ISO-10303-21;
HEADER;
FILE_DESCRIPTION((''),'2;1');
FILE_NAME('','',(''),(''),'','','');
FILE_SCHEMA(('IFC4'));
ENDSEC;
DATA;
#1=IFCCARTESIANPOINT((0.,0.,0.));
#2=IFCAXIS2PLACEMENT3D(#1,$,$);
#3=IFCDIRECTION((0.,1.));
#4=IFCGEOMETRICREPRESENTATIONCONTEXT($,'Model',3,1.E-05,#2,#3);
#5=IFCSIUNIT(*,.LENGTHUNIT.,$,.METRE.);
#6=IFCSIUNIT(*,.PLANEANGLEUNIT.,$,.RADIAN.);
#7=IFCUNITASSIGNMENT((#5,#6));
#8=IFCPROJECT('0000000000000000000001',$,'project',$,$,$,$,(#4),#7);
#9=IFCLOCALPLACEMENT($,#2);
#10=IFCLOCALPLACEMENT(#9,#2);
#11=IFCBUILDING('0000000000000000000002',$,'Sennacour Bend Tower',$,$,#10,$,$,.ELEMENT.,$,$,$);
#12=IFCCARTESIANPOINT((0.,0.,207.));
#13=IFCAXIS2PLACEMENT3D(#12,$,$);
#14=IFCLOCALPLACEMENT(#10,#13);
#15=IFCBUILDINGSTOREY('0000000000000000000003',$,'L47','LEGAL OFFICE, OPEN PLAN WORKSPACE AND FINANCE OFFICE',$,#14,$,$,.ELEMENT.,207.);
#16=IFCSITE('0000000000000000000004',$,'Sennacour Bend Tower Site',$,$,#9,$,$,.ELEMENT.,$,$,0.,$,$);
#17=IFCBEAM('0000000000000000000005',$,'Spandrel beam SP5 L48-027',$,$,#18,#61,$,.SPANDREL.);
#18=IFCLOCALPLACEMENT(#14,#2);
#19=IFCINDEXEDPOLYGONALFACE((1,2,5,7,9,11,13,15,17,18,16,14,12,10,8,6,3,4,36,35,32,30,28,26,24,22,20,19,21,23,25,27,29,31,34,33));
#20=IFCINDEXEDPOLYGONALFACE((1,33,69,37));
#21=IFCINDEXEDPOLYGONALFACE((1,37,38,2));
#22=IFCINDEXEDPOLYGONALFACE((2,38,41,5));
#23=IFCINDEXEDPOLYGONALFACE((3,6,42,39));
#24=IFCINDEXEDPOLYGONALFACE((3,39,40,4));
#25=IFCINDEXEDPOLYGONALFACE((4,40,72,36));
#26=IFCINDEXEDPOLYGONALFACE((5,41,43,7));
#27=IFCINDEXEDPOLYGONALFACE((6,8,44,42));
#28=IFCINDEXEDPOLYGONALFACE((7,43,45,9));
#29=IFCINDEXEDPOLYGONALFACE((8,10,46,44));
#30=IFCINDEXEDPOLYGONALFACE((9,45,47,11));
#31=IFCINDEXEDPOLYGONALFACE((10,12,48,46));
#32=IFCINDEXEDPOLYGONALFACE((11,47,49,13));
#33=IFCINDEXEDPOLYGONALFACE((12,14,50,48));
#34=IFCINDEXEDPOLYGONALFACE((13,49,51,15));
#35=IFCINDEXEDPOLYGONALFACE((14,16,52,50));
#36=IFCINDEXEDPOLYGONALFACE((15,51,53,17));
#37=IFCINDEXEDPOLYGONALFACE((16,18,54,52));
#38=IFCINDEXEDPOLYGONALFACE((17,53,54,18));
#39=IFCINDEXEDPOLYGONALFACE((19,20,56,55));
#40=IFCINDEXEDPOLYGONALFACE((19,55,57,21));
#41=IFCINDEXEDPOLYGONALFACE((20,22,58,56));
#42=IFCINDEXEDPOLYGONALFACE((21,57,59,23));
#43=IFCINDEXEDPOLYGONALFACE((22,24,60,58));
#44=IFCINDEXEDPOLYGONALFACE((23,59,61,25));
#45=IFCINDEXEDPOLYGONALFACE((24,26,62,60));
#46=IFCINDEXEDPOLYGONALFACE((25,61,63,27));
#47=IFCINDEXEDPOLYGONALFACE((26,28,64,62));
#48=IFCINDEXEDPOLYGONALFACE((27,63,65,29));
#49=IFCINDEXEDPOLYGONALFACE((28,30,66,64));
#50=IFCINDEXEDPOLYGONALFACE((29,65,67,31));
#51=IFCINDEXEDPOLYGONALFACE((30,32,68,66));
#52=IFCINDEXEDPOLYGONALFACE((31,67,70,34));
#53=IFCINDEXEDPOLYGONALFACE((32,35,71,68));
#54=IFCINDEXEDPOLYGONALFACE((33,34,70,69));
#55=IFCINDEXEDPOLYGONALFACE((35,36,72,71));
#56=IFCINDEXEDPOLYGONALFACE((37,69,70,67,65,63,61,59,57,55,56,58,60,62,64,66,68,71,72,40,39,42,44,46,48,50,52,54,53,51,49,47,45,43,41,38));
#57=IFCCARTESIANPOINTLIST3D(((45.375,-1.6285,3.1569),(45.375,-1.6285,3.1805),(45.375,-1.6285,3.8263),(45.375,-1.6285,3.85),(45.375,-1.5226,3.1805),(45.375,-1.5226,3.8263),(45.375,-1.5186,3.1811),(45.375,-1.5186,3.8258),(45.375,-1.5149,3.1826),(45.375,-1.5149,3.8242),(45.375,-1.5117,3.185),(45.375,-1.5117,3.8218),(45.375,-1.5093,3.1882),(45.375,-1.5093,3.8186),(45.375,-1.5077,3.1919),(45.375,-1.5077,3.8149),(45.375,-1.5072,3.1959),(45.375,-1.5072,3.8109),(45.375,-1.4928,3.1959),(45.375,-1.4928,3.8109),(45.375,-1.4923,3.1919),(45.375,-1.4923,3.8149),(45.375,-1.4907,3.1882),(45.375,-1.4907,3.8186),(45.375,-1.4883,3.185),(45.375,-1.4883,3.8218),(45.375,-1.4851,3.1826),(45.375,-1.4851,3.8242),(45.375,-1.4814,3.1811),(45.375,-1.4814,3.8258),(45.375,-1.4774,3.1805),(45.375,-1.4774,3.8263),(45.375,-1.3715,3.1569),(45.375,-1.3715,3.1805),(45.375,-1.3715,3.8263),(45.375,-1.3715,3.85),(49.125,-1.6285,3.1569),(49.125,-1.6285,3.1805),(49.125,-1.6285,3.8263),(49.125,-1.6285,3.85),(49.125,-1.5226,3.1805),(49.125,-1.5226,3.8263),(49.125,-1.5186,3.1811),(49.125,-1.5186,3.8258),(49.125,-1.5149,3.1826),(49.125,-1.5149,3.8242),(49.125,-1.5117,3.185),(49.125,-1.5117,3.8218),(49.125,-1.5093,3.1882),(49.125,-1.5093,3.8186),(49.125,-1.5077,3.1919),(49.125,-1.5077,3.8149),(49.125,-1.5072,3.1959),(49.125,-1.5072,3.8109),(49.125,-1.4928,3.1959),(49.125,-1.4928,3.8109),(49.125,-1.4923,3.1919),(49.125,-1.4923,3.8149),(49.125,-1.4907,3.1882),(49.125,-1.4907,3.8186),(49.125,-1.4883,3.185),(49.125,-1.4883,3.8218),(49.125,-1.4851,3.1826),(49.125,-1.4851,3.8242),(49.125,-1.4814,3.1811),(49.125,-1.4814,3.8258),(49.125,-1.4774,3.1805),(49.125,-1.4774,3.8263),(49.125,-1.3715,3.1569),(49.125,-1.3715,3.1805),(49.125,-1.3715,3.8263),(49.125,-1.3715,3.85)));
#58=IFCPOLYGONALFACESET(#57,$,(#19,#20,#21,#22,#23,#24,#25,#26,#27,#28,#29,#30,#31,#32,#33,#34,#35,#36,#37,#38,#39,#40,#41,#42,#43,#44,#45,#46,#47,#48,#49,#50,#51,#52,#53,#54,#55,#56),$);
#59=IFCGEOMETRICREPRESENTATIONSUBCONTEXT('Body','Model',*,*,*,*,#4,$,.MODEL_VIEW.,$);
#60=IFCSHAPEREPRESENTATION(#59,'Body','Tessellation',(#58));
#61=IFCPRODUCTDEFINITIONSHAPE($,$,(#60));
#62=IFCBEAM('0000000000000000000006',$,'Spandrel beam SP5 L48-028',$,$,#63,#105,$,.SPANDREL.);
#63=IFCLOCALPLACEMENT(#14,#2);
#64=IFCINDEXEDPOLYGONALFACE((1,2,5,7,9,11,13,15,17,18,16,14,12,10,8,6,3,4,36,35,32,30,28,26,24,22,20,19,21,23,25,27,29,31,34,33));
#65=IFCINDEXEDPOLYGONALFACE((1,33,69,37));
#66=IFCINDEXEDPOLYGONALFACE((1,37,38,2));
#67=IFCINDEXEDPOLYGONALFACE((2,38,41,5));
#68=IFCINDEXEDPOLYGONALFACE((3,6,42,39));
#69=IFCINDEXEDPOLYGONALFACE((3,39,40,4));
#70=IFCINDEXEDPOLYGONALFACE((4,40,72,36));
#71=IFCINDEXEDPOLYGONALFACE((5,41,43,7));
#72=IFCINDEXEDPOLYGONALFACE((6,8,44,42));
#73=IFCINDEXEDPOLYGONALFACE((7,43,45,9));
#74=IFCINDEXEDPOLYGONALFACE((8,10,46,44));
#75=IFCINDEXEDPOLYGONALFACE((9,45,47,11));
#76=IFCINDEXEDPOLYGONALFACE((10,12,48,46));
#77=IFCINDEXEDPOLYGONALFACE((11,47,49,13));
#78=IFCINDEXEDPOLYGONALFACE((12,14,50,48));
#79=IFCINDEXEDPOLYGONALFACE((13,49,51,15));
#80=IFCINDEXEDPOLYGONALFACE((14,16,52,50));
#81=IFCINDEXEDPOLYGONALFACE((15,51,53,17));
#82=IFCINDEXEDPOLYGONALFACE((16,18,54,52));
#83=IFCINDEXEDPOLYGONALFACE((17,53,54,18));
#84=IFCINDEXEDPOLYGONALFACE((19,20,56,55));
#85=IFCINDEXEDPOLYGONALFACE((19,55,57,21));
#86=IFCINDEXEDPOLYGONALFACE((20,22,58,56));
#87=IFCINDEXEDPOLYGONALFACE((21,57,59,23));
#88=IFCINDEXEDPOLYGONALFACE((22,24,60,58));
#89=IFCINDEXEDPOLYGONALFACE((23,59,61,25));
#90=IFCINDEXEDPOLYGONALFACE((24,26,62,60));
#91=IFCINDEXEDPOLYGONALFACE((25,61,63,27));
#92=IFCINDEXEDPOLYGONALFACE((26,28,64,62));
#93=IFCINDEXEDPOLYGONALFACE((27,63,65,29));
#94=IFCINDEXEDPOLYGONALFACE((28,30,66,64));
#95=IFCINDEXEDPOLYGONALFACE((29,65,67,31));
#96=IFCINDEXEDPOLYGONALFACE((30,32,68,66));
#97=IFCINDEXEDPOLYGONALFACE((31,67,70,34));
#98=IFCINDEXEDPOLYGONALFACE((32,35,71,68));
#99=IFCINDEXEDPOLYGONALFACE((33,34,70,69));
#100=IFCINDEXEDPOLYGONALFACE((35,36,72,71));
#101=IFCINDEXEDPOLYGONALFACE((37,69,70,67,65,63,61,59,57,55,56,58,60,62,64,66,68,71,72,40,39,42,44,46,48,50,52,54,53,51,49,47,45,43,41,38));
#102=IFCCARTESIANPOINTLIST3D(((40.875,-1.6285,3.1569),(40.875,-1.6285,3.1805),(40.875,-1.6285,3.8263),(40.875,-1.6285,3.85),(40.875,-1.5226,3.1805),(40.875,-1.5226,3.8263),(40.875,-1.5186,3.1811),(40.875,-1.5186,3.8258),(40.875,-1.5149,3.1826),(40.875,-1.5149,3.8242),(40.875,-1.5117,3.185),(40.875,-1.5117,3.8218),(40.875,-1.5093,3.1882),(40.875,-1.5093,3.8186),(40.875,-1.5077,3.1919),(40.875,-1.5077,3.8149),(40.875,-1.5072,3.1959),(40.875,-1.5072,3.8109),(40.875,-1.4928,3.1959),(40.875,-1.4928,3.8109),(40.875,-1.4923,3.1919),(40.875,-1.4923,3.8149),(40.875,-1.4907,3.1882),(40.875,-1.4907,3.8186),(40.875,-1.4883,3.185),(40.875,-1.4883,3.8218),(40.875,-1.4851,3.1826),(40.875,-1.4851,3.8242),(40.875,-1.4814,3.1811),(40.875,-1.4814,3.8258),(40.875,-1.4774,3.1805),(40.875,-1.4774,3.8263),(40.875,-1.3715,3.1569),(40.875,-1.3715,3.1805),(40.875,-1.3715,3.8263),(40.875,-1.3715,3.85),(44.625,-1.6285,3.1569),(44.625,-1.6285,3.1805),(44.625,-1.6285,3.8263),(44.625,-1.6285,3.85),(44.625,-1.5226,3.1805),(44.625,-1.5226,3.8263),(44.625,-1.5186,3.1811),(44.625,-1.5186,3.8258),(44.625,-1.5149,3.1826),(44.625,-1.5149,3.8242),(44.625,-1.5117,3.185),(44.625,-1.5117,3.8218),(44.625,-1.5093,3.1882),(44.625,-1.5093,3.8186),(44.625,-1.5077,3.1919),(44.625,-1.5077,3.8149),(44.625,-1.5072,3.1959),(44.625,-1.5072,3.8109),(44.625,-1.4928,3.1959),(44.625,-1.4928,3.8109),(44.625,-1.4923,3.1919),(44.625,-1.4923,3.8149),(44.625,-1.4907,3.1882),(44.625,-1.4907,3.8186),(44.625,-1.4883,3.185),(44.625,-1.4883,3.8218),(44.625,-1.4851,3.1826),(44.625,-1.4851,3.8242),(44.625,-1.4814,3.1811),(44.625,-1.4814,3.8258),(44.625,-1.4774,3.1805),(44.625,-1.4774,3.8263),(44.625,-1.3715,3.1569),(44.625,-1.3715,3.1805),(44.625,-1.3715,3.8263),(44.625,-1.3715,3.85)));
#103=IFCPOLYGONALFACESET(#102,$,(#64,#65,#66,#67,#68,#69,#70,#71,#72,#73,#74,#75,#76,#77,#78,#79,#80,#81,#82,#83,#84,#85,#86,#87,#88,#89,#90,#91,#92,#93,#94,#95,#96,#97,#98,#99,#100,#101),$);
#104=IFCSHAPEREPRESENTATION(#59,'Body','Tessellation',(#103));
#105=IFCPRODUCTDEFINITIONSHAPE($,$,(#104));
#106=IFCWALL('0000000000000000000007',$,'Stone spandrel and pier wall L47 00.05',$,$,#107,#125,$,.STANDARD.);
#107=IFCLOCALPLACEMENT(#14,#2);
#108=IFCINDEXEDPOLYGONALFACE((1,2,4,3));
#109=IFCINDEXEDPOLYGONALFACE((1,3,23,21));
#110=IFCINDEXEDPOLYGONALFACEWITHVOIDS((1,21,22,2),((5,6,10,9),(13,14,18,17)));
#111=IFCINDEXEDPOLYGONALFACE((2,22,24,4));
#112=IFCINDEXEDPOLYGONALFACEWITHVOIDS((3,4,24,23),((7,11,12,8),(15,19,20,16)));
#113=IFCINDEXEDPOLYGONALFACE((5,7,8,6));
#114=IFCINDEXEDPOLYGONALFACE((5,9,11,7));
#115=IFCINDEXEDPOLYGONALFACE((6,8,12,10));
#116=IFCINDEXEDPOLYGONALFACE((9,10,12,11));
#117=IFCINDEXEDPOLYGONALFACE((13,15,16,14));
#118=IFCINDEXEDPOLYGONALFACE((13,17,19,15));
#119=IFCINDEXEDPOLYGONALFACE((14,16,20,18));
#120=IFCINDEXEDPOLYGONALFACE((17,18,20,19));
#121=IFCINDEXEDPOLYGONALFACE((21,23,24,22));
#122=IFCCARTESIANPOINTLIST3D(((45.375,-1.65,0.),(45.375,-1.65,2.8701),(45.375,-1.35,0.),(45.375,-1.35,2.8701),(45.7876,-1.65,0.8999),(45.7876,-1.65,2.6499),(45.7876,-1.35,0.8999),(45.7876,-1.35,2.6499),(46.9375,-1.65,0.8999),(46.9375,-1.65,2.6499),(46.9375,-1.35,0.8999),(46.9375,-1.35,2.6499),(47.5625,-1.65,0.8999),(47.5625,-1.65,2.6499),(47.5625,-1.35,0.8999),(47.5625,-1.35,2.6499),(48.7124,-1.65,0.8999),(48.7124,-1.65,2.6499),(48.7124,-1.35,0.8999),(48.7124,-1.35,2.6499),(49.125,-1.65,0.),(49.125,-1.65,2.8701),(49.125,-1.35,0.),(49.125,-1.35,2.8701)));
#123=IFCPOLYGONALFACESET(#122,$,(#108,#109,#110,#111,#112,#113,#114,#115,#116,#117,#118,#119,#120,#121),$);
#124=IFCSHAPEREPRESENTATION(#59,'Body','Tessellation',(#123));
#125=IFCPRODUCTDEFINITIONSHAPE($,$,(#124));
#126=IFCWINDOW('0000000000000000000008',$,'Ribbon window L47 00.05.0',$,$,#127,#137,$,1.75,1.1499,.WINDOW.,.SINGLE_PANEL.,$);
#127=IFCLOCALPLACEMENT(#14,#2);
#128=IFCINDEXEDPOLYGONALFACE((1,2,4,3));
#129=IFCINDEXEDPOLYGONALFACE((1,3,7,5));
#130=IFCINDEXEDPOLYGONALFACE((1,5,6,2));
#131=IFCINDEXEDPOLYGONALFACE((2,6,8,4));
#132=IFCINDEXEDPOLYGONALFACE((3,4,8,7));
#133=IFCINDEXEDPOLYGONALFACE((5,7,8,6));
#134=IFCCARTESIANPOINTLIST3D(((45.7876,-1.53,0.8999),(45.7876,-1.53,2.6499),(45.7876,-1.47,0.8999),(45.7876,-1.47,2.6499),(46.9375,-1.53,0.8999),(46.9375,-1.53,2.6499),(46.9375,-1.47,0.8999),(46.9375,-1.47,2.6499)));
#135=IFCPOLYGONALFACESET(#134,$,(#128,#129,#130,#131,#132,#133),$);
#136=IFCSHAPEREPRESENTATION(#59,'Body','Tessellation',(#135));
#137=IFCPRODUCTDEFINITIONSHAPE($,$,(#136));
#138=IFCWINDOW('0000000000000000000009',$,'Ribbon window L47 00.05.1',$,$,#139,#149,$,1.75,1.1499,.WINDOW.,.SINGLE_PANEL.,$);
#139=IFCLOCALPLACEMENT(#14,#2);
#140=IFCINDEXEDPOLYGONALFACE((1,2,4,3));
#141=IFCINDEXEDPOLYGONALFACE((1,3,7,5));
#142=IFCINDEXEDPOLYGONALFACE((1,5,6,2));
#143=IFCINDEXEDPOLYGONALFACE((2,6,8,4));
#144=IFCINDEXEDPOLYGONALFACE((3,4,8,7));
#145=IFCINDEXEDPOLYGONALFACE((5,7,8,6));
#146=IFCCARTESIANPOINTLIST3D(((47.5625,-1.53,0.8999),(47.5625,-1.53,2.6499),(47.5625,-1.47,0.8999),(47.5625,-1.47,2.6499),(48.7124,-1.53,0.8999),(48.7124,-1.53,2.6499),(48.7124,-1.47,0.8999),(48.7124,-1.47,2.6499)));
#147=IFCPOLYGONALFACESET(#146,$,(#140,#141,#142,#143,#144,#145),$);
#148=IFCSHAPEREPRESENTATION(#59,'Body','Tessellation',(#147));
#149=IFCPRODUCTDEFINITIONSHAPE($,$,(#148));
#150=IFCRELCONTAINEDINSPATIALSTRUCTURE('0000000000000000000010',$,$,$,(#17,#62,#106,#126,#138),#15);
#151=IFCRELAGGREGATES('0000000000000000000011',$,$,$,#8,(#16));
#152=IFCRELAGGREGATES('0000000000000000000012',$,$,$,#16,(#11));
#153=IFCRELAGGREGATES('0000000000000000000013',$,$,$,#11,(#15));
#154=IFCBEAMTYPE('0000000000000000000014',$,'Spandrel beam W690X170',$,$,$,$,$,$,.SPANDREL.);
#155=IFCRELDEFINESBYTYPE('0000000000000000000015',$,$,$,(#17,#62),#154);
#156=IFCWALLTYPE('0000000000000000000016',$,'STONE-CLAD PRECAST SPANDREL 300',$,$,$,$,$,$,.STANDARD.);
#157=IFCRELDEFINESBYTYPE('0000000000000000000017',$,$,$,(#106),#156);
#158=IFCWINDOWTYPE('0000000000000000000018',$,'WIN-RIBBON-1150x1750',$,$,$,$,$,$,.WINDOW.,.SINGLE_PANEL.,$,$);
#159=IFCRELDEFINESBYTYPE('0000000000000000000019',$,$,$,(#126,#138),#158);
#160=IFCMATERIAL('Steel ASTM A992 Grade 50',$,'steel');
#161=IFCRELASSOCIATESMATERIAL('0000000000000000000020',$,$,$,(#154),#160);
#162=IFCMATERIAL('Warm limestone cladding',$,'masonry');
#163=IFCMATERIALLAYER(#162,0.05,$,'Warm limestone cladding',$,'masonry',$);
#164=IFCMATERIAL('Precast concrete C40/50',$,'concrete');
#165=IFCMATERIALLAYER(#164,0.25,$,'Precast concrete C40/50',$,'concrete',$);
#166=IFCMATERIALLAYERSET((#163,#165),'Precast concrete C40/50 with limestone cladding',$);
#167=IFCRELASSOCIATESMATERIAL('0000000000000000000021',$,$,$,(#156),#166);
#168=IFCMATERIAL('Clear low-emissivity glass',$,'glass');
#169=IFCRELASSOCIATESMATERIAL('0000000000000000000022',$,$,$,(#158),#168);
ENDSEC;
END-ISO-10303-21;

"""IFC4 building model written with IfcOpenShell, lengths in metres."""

from ifc_helpers import new_model, si_unit, direction, frame, frame_2d, origin, origin_2d, place, context, subcontext, project, spatial, rectangle, i_section, extrude, material, layer, layer_set, material_profile, profile_set, type_object, element, fill, save


model = new_model("IFC4")

# Units and contexts
model_context = context("Model", 3, precision=1e-05, world=origin(), true_north=direction((0.0, 1.0)))
body_context = subcontext(model_context, "Body", "Model", "MODEL_VIEW")
ifc_project = project(units=[si_unit("LENGTHUNIT", "METRE"), si_unit("PLANEANGLEUNIT", "RADIAN")], contexts=[model_context])

# Site, building, storey
site_placement = place(None, origin())
site = spatial("IfcSite", under=ifc_project, at=site_placement, Name="Sennacour Bend Tower Site", CompositionType="ELEMENT", RefElevation=0.0)
building_placement = place(site_placement, origin())
building = spatial("IfcBuilding", under=site, at=building_placement, Name="Sennacour Bend Tower", CompositionType="ELEMENT")
storey_placement = place(building_placement, frame((0.0, 0.0, 207.0)))
storey = spatial("IfcBuildingStorey", under=building, at=storey_placement, Name="L47", Description="LEGAL OFFICE, OPEN PLAN WORKSPACE AND FINANCE OFFICE", CompositionType="ELEMENT", Elevation=207.0)

# Beams
ifc_material_1 = material(Name="Steel ASTM A992 Grade 50", Category="steel")
ifc_material_profile_1 = material_profile(ifc_material_1, i_section(OverallWidth=0.2571, OverallDepth=0.6931, WebThickness=0.0144, FlangeThickness=0.0237, FilletRadius=0.0154, at=origin_2d()), Name="Steel ASTM A992 Grade 50", Category="steel")
ifc_profile_set_1 = profile_set([ifc_material_profile_1], Name="Steel ASTM A992 Grade 50")
beam_type_1 = type_object("IfcBeamType", Name="Spandrel beam W690X170", PredefinedType="SPANDREL", material=ifc_profile_set_1)
for number, where, z_axis, x_axis, name in (
    (1, (49.125, -1.5, 3.5034), (-1.0, 0.0, 0.0), (0.0, -1.0, 0.0), "Spandrel beam SP5 L48-027"),
    (2, (44.625, -1.5, 3.5034), (-1.0, 0.0, 0.0), (0.0, -1.0, 0.0), "Spandrel beam SP5 L48-028"),
):
    element("IfcBeam", number, at=place(storey_placement, frame(where, z_axis=z_axis, x_axis=x_axis)), inside=storey, type_object=beam_type_1, Name=name, PredefinedType="SPANDREL", context=body_context, shape_type="SweptSolid", body=[
        extrude(i_section(OverallWidth=0.2571, OverallDepth=0.6931, WebThickness=0.0144, FlangeThickness=0.0237, FilletRadius=0.0154, at=origin_2d()), origin(), (0.0, 0.0, 1.0), 3.75),
    ])

# Wall, openings, windows
ifc_material_2 = material(Name="Warm limestone cladding", Category="masonry")
ifc_layer_1 = layer(ifc_material_2, 0.05, Name="Warm limestone cladding", Category="masonry")
ifc_material_3 = material(Name="Precast concrete C40/50", Category="concrete")
ifc_layer_2 = layer(ifc_material_3, 0.25, Name="Precast concrete C40/50", Category="concrete")
ifc_layer_set = layer_set([ifc_layer_1, ifc_layer_2], Name="Precast concrete C40/50 with limestone cladding")
wall_type = type_object("IfcWallType", Name="STONE-CLAD PRECAST SPANDREL 300", PredefinedType="STANDARD", material=ifc_layer_set)
wall_1_placement = place(storey_placement, frame((45.375, -1.5, 0.0), z_axis=(0.0, 0.0, 1.0), x_axis=(1.0, 0.0, 0.0)))
wall_1 = element("IfcWall", 3, at=wall_1_placement, inside=storey, type_object=wall_type, Name="Stone spandrel and pier wall L47 00.05", PredefinedType="STANDARD", context=body_context, shape_type="SweptSolid", body=[
    extrude(rectangle(XDim=3.75, YDim=0.3, at=frame_2d((1.875, 0.0))), origin(), (0.0, 0.0, 1.0), 2.8701),
])
opening_1_placement = place(wall_1_placement, frame((0.4126, 0.0, 0.8999)))
opening_1 = element("IfcOpeningElement", 4, at=opening_1_placement, cuts=wall_1, PredefinedType="OPENING", context=body_context, shape_type="SweptSolid", body=[
    extrude(rectangle(XDim=1.1499, YDim=1.75, at=frame_2d((0.575, 0.875))), frame((0.0, 0.1602, 0.0), z_axis=(0.0, -1.0, 0.0), x_axis=(1.0, 0.0, 0.0)), (0.0, 0.0, 1.0), 0.3201),
])
opening_2_placement = place(wall_1_placement, frame((2.1875, 0.0, 0.8999)))
opening_2 = element("IfcOpeningElement", 5, at=opening_2_placement, cuts=wall_1, PredefinedType="OPENING", context=body_context, shape_type="SweptSolid", body=[
    extrude(rectangle(XDim=1.1499, YDim=1.75, at=frame_2d((0.575, 0.875))), frame((0.0, 0.1602, 0.0), z_axis=(0.0, -1.0, 0.0), x_axis=(1.0, 0.0, 0.0)), (0.0, 0.0, 1.0), 0.3201),
])
ifc_material_4 = material(Name="Clear low-emissivity glass", Category="glass")
window_type = type_object("IfcWindowType", Name="WIN-RIBBON-1150x1750", PartitioningType="SINGLE_PANEL", PredefinedType="WINDOW", material=ifc_material_4)
window_1_placement = place(opening_1_placement, origin())
window_1 = element("IfcWindow", 6, at=window_1_placement, inside=storey, type_object=window_type, Name="Ribbon window L47 00.05.0", OverallHeight=1.75, OverallWidth=1.1499, PartitioningType="SINGLE_PANEL", PredefinedType="WINDOW", context=body_context, shape_type="SweptSolid", body=[
    extrude(rectangle(XDim=1.1499, YDim=1.75, at=frame_2d((0.575, 0.875))), frame((0.0, 0.03, 0.0), z_axis=(0.0, -1.0, 0.0), x_axis=(1.0, 0.0, 0.0)), (0.0, 0.0, 1.0), 0.0601),
])
fill(opening_1, window_1)
window_2_placement = place(opening_2_placement, origin())
window_2 = element("IfcWindow", 7, at=window_2_placement, inside=storey, type_object=window_type, Name="Ribbon window L47 00.05.1", OverallHeight=1.75, OverallWidth=1.1499, PartitioningType="SINGLE_PANEL", PredefinedType="WINDOW", context=body_context, shape_type="SweptSolid", body=[
    extrude(rectangle(XDim=1.1499, YDim=1.75, at=frame_2d((0.575, 0.875))), frame((0.0, 0.03, 0.0), z_axis=(0.0, -1.0, 0.0), x_axis=(1.0, 0.0, 0.0)), (0.0, 0.0, 1.0), 0.0601),
])
fill(opening_2, window_2)

save(model, "model.ifc")
